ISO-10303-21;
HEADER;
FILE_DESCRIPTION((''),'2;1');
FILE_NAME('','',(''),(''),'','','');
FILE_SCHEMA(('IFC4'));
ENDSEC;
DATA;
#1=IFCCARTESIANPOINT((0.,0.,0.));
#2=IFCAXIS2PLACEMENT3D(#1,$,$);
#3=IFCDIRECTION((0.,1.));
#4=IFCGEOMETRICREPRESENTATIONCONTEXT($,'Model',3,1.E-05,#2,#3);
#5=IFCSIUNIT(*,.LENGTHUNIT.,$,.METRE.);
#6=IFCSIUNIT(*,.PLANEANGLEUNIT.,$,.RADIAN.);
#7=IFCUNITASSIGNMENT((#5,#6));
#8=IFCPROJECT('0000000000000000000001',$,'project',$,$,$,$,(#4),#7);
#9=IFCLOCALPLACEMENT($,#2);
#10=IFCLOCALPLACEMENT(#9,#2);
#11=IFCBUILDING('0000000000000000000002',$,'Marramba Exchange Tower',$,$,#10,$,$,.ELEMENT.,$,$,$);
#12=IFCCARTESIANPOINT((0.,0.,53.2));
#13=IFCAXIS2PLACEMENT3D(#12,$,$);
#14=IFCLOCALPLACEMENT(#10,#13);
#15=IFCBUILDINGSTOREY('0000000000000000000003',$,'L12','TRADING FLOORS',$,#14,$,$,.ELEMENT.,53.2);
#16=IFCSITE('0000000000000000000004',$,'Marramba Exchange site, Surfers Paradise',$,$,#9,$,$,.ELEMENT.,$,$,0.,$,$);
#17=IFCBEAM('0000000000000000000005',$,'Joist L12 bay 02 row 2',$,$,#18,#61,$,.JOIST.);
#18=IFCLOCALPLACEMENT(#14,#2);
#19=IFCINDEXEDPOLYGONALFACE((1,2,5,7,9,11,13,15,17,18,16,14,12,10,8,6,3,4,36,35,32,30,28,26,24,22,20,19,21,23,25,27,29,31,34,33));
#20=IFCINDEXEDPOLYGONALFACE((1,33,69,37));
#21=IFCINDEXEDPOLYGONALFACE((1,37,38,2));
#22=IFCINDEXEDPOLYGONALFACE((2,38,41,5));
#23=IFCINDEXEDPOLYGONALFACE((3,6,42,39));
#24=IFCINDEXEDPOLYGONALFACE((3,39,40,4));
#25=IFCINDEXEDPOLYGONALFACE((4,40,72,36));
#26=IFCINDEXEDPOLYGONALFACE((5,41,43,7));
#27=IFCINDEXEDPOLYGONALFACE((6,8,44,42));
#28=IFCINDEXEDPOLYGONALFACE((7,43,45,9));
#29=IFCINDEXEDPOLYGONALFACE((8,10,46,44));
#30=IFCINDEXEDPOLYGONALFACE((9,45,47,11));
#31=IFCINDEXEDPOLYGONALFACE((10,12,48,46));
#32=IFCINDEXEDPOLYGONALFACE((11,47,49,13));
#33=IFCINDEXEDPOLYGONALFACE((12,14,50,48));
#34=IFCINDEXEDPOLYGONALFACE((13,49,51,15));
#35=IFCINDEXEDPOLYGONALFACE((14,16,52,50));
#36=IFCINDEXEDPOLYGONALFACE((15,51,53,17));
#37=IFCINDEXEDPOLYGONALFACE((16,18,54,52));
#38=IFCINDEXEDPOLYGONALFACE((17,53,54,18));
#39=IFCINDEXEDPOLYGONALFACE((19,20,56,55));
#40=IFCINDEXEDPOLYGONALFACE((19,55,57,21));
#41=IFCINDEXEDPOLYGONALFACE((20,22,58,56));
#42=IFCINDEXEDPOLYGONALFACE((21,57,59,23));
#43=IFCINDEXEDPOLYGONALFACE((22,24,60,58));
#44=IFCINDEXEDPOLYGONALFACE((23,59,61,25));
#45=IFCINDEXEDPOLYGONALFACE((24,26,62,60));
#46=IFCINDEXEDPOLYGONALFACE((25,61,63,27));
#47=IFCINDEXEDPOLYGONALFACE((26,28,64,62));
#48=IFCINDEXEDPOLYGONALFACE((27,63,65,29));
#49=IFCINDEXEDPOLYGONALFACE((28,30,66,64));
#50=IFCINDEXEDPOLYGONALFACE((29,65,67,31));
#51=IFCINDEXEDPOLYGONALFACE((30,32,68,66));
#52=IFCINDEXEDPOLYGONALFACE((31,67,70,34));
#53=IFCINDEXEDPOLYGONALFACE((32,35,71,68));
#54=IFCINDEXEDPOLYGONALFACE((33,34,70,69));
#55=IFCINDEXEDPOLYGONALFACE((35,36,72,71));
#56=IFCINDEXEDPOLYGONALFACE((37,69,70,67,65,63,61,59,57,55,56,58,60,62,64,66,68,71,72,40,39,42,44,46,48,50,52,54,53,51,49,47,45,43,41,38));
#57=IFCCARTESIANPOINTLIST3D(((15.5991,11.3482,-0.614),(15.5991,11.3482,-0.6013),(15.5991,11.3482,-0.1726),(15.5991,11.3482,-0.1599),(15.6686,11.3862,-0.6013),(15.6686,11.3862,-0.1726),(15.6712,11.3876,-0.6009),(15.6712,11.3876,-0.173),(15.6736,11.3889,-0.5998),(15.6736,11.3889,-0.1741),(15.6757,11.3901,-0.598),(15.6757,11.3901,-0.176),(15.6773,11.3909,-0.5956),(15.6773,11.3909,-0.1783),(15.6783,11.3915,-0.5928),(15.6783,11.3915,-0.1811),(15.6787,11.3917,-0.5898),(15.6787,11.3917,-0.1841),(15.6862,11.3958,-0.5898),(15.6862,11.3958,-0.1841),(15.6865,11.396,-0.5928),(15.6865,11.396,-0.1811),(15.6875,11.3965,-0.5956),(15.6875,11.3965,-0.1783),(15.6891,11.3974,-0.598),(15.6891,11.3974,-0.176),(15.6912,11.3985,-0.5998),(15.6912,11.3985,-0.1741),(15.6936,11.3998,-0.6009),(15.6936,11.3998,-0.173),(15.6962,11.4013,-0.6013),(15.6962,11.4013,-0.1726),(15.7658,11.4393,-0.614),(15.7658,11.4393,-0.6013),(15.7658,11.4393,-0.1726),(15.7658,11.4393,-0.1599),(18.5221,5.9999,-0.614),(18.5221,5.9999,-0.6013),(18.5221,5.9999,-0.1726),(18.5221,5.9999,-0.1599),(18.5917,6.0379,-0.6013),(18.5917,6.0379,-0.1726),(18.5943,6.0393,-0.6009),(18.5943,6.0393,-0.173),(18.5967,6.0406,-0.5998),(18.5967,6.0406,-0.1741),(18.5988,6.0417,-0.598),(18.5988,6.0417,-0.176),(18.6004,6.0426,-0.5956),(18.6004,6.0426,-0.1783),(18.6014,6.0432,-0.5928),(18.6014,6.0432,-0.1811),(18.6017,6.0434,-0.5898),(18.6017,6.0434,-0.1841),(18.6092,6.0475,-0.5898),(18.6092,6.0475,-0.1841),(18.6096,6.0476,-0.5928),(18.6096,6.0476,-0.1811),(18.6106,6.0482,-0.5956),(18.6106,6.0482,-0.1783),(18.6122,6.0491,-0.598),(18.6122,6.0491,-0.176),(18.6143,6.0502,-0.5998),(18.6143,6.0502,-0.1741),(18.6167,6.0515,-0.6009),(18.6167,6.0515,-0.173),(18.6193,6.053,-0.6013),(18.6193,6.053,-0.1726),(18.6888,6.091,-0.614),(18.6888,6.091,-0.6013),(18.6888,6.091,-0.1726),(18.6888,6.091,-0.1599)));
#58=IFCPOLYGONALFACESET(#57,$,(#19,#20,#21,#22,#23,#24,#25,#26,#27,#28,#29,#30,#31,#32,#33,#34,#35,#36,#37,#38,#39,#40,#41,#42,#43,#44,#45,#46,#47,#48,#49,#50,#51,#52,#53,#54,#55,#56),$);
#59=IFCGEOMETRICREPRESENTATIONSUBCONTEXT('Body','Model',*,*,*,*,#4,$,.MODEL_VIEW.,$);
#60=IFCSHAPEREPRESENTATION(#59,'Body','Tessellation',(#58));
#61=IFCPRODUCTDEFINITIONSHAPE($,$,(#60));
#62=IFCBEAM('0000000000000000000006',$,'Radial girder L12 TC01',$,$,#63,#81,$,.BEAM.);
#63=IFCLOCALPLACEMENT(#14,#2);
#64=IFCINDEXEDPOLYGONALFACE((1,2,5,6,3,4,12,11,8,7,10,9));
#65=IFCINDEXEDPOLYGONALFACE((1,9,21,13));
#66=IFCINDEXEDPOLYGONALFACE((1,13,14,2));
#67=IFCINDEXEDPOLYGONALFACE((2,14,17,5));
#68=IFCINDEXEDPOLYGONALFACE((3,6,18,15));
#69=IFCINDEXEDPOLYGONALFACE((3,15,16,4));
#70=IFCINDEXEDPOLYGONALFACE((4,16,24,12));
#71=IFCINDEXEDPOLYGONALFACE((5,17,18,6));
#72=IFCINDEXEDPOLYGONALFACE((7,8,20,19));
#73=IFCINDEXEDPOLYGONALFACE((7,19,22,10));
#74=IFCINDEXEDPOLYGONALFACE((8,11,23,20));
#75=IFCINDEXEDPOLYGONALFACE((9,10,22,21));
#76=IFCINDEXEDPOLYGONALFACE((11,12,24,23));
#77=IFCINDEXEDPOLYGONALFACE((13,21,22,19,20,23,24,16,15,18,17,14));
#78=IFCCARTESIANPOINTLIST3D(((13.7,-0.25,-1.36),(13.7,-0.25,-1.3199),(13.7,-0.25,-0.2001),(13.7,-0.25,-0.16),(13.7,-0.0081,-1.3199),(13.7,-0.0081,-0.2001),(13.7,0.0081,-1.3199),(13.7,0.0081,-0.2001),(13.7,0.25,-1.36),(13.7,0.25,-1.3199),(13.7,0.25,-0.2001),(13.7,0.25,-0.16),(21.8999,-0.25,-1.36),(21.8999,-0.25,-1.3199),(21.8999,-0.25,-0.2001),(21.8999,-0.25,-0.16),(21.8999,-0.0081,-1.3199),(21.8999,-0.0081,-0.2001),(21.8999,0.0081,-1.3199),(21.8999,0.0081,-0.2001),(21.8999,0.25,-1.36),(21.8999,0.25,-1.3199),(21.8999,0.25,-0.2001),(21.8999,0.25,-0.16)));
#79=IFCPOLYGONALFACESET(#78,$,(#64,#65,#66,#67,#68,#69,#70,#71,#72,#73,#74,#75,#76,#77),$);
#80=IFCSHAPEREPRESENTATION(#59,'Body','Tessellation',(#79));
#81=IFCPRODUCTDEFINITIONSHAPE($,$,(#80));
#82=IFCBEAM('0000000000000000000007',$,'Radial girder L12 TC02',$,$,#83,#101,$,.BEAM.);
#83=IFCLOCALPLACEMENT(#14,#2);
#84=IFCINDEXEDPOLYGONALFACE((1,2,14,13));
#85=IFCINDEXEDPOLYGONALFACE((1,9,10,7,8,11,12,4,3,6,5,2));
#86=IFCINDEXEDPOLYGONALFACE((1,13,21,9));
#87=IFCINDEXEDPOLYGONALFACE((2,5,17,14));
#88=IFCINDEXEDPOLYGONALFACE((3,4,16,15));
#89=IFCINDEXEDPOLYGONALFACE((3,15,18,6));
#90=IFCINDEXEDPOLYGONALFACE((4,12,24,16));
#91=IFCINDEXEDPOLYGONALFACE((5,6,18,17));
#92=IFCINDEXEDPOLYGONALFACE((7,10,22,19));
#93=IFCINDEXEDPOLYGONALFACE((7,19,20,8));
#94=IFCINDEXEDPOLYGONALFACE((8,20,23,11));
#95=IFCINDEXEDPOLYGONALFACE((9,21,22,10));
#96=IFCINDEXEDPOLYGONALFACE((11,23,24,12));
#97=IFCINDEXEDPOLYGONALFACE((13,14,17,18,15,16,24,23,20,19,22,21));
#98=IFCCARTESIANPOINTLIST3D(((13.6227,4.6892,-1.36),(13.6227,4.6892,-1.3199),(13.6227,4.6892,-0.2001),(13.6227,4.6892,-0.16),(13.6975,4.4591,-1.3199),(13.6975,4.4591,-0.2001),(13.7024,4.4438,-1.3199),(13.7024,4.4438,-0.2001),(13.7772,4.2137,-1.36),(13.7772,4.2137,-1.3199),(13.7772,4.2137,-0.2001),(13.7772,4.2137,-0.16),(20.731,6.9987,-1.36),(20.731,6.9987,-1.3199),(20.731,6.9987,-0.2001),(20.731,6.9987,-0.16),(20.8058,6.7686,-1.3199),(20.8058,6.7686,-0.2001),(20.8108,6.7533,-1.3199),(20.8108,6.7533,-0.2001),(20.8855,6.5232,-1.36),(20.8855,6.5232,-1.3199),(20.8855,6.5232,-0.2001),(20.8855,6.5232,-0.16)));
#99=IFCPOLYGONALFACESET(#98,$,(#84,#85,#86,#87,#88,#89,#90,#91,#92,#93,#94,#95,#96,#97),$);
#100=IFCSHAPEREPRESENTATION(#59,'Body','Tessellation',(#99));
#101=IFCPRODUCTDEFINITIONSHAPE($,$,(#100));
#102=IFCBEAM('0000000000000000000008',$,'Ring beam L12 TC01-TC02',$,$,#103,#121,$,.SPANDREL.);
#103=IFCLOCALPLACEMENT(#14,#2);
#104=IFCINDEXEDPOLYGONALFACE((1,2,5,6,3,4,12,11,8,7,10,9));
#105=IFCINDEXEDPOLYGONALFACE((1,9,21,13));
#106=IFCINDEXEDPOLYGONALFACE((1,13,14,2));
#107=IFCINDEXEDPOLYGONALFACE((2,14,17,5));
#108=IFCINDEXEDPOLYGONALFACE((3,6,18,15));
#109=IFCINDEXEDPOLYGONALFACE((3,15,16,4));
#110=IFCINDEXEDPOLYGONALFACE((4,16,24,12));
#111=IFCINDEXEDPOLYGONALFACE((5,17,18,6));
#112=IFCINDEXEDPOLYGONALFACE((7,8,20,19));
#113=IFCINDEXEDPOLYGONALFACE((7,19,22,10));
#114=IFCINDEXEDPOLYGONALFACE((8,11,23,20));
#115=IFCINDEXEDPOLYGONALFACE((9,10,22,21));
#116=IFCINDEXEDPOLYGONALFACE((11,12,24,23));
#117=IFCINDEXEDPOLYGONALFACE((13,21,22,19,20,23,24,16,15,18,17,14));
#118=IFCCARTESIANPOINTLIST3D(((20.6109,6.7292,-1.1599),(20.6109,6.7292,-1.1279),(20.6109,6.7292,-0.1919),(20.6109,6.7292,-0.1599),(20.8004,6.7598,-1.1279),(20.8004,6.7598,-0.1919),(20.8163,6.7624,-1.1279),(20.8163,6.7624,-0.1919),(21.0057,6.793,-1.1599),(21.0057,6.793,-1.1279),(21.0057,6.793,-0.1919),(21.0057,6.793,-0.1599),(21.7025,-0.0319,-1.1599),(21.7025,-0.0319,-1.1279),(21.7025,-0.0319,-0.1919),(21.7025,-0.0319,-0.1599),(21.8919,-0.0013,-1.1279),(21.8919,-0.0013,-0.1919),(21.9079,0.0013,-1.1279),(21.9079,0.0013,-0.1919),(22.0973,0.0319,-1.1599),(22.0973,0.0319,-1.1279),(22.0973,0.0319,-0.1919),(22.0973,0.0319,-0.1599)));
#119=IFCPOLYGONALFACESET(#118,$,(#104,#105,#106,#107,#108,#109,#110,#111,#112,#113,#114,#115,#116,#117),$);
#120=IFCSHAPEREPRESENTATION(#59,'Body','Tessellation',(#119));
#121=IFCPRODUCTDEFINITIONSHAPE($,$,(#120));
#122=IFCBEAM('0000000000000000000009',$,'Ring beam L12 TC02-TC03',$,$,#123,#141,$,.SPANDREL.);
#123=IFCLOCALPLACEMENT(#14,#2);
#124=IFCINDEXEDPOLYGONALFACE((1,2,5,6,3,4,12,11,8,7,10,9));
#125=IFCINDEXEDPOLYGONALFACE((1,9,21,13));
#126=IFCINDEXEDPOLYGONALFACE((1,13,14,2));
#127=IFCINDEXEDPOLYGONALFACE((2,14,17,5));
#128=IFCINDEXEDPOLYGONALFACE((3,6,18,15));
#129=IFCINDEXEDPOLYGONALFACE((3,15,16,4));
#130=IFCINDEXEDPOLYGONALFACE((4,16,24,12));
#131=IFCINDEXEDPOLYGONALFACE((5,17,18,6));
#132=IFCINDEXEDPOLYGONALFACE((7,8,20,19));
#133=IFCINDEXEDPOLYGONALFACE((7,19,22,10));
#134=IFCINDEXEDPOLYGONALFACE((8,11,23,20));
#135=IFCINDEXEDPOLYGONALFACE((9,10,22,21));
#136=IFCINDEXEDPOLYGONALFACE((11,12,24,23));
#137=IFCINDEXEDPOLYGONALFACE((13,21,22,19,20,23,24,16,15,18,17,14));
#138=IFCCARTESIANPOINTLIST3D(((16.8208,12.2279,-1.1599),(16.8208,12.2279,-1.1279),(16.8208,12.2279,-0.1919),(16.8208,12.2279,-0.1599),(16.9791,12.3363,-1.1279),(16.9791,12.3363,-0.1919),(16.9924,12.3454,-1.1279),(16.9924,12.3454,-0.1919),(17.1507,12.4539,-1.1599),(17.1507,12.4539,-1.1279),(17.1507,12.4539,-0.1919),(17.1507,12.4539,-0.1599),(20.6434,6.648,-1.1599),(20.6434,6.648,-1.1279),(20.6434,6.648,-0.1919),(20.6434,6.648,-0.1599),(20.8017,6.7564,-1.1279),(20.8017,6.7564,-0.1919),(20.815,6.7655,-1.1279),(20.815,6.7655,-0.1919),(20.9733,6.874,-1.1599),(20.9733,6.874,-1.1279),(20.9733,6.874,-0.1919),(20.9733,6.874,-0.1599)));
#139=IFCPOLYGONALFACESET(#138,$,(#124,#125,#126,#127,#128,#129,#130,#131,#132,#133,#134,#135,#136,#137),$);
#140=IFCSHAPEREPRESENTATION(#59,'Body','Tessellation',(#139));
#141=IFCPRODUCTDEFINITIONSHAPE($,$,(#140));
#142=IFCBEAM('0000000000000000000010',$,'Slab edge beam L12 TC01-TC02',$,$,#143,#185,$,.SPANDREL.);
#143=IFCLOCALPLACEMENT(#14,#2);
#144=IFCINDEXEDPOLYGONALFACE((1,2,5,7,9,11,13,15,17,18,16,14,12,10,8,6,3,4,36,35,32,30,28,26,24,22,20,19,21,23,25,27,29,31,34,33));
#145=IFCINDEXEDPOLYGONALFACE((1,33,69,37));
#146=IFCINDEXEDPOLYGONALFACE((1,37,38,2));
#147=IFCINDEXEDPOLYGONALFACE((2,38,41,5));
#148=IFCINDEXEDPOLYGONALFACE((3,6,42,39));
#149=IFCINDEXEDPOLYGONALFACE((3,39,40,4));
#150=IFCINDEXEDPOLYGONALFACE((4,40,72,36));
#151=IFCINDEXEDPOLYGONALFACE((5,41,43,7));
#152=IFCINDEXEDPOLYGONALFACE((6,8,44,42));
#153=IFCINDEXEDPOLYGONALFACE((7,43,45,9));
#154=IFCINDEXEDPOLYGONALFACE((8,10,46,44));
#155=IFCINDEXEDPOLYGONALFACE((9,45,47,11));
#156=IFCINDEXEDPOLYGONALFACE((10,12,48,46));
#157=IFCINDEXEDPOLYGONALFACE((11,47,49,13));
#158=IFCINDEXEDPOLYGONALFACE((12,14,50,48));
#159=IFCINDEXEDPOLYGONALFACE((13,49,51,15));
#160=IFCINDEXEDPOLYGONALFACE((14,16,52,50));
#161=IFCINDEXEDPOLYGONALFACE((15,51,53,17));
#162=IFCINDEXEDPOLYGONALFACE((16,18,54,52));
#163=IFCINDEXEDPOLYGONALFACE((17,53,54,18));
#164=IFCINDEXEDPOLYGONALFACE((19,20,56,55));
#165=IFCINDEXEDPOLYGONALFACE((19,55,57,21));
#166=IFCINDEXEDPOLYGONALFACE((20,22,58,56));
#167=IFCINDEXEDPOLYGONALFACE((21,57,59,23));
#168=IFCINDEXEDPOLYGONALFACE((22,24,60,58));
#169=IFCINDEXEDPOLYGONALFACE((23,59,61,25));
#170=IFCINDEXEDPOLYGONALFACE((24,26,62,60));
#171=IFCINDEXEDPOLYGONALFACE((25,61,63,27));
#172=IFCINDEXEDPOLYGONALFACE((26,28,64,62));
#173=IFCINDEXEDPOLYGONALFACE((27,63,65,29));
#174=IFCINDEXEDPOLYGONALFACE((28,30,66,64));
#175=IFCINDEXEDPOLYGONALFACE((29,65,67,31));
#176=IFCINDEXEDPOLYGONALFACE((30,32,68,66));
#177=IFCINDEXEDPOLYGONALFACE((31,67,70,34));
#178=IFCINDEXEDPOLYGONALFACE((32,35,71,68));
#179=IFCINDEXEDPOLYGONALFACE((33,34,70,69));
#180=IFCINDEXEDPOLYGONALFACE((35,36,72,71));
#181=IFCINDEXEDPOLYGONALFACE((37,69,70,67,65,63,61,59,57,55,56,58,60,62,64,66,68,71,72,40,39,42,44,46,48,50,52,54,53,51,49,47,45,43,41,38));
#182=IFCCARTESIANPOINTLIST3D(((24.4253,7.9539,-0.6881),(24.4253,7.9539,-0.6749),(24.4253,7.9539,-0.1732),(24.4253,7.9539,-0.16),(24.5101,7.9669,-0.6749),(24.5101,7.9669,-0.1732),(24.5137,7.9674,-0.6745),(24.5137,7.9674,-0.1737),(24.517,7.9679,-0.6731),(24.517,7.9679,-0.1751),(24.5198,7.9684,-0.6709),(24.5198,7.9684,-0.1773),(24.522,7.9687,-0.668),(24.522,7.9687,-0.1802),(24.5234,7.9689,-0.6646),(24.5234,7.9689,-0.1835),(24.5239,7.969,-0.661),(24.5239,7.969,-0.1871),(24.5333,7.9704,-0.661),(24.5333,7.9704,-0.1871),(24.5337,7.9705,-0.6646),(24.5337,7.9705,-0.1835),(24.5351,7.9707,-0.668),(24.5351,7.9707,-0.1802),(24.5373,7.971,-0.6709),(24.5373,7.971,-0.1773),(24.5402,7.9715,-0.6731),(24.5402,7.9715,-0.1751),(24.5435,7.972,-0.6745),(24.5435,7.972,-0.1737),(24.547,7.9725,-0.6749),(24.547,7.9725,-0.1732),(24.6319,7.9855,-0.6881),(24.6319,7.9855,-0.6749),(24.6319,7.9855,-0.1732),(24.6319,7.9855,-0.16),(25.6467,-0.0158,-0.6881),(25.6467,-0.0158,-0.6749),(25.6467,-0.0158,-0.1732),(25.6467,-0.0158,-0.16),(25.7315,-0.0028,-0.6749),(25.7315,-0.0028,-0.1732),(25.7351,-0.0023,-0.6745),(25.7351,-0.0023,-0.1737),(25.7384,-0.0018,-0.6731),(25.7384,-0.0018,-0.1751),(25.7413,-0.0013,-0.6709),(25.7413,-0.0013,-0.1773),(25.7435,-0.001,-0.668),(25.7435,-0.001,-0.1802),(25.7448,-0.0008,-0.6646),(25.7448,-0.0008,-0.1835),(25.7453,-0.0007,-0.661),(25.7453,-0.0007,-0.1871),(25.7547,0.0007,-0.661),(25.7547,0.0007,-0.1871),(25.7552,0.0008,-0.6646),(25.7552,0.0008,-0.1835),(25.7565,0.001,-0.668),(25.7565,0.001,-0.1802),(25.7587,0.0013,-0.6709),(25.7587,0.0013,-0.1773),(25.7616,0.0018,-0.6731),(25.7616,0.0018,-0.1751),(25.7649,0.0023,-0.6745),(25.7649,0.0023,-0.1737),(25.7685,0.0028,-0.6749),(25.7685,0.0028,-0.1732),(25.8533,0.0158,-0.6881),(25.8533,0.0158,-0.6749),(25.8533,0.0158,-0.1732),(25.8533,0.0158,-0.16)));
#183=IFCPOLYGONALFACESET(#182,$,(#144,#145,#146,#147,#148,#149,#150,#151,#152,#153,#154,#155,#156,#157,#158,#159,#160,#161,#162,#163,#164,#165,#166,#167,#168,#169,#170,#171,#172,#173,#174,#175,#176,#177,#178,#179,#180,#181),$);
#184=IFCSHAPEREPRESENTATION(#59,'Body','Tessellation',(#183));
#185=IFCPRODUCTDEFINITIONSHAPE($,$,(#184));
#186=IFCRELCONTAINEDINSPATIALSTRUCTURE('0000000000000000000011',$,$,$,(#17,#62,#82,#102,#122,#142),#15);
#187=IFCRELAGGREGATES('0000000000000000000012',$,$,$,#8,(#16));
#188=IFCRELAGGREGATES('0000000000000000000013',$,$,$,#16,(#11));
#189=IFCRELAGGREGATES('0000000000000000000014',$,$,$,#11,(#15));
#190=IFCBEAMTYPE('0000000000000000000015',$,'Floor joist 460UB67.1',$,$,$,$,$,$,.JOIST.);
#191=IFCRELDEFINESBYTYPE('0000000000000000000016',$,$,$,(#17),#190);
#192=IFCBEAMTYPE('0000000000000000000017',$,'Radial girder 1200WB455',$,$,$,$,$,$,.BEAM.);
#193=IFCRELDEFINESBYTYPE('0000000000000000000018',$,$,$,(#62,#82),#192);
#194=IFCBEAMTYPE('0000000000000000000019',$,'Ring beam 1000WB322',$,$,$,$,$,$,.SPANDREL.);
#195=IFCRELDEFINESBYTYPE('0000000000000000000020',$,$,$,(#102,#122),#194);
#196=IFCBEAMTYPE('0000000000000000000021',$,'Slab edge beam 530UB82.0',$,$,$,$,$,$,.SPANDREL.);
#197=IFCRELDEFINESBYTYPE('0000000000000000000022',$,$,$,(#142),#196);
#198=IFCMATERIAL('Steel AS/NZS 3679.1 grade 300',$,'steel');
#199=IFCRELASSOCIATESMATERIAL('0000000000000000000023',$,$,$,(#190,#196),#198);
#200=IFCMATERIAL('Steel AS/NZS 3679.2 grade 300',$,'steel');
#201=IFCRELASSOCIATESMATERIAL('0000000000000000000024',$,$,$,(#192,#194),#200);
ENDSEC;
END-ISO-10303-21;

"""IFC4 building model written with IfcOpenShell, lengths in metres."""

from ifc_helpers import new_model, si_unit, direction, frame, origin, origin_2d, place, context, subcontext, project, spatial, i_section, extrude, material, material_profile, profile_set, type_object, element, save


model = new_model("IFC4")

# Units and contexts
model_context = context("Model", 3, precision=1e-05, world=origin(), true_north=direction((0.0, 1.0)))
body_context = subcontext(model_context, "Body", "Model", "MODEL_VIEW")
ifc_project = project(units=[si_unit("LENGTHUNIT", "METRE"), si_unit("PLANEANGLEUNIT", "RADIAN")], contexts=[model_context])

# Site, building, storey
site_placement = place(None, origin())
site = spatial("IfcSite", under=ifc_project, at=site_placement, Name="Marramba Exchange site, Surfers Paradise", CompositionType="ELEMENT", RefElevation=0.0)
building_placement = place(site_placement, origin())
building = spatial("IfcBuilding", under=site, at=building_placement, Name="Marramba Exchange Tower", CompositionType="ELEMENT")
storey_placement = place(building_placement, frame((0.0, 0.0, 53.2)))
storey = spatial("IfcBuildingStorey", under=building, at=storey_placement, Name="L12", Description="TRADING FLOORS", CompositionType="ELEMENT", Elevation=53.2)

# Beams
ifc_material_1 = material(Name="Steel AS/NZS 3679.2 grade 300", Category="steel")
ifc_material_2 = material(Name="Steel AS/NZS 3679.1 grade 300", Category="steel")
ifc_material_profile_1 = material_profile(ifc_material_2, i_section(OverallWidth=0.1899, OverallDepth=0.4541, WebThickness=0.0085, FlangeThickness=0.0127, FilletRadius=0.0115, at=origin_2d()), Name="460UB67.1")
ifc_profile_set_1 = profile_set([ifc_material_profile_1], Name="Steel AS/NZS 3679.1 grade 300")
beam_type_1 = type_object("IfcBeamType", Name="Floor joist 460UB67.1", PredefinedType="JOIST", material=ifc_profile_set_1)
beam_1_placement = place(storey_placement, frame((18.6055, 6.0454, -0.387), z_axis=(-0.479584, 0.877496, 0.0), x_axis=(-0.877496, -0.479584, 0.0)))
element("IfcBeam", 1, at=beam_1_placement, inside=storey, type_object=beam_type_1, Name="Joist L12 bay 02 row 2", PredefinedType="JOIST", context=body_context, shape_type="SweptSolid", body=[
    extrude(i_section(OverallWidth=0.1899, OverallDepth=0.4541, WebThickness=0.0085, FlangeThickness=0.0127, FilletRadius=0.0115, at=origin_2d()), origin(), (0.0, 0.0, 1.0), 6.095),
])
ifc_material_profile_2 = material_profile(ifc_material_1, i_section(OverallWidth=0.5, OverallDepth=1.2, WebThickness=0.0161, FlangeThickness=0.04, at=origin_2d()), Name="1200WB455")
ifc_profile_set_2 = profile_set([ifc_material_profile_2], Name="Steel AS/NZS 3679.2 grade 300")
beam_type_2 = type_object("IfcBeamType", Name="Radial girder 1200WB455", PredefinedType="BEAM", material=ifc_profile_set_2)
beam_2_placement = place(storey_placement, frame((13.7, 0.0, -0.76), z_axis=(1.0, 0.0, 0.0), x_axis=(0.0, 1.0, 0.0)))
element("IfcBeam", 2, at=beam_2_placement, inside=storey, type_object=beam_type_2, Name="Radial girder L12 TC01", PredefinedType="BEAM", context=body_context, shape_type="SweptSolid", body=[
    extrude(i_section(OverallWidth=0.5, OverallDepth=1.2, WebThickness=0.0161, FlangeThickness=0.04, at=origin_2d()), origin(), (0.0, 0.0, 1.0), 8.2),
])
beam_3_placement = place(storey_placement, frame((13.7, 4.4514, -0.76), z_axis=(0.95106, 0.309006, 0.0), x_axis=(-0.309006, 0.95106, 0.0)))
element("IfcBeam", 3, at=beam_3_placement, inside=storey, type_object=beam_type_2, Name="Radial girder L12 TC02", PredefinedType="BEAM", context=body_context, shape_type="SweptSolid", body=[
    extrude(i_section(OverallWidth=0.5, OverallDepth=1.2, WebThickness=0.0161, FlangeThickness=0.04, at=origin_2d()), origin(), (0.0, 0.0, 1.0), 7.4741),
])
ifc_material_profile_3 = material_profile(ifc_material_1, i_section(OverallWidth=0.3999, OverallDepth=1.0, WebThickness=0.0161, FlangeThickness=0.032, at=origin_2d()), Name="1000WB322")
ifc_profile_set_3 = profile_set([ifc_material_profile_3], Name="Steel AS/NZS 3679.2 grade 300")
beam_type_3 = type_object("IfcBeamType", Name="Ring beam 1000WB322", PredefinedType="SPANDREL", material=ifc_profile_set_3)
beam_4_placement = place(storey_placement, frame((21.8999, 0.0, -0.6599), z_axis=(-0.159385, 0.987217, 0.0), x_axis=(-0.987217, -0.159385, 0.0)))
element("IfcBeam", 4, at=beam_4_placement, inside=storey, type_object=beam_type_3, Name="Ring beam L12 TC01-TC02", PredefinedType="SPANDREL", context=body_context, shape_type="SweptSolid", body=[
    extrude(i_section(OverallWidth=0.3999, OverallDepth=1.0, WebThickness=0.0161, FlangeThickness=0.032, at=origin_2d()), origin(), (0.0, 0.0, 1.0), 6.8486),
])
beam_5_placement = place(storey_placement, frame((20.8083, 6.761, -0.6599), z_axis=(-0.56516, 0.824981, 0.0), x_axis=(-0.824981, -0.56516, 0.0)))
element("IfcBeam", 5, at=beam_5_placement, inside=storey, type_object=beam_type_3, Name="Ring beam L12 TC02-TC03", PredefinedType="SPANDREL", context=body_context, shape_type="SweptSolid", body=[
    extrude(i_section(OverallWidth=0.3999, OverallDepth=1.0, WebThickness=0.0161, FlangeThickness=0.032, at=origin_2d()), origin(), (0.0, 0.0, 1.0), 6.7637),
])
ifc_material_profile_4 = material_profile(ifc_material_2, i_section(OverallWidth=0.209, OverallDepth=0.5281, WebThickness=0.0095, FlangeThickness=0.0132, FilletRadius=0.0139, at=origin_2d()), Name="530UB82.0")
ifc_profile_set_4 = profile_set([ifc_material_profile_4], Name="Steel AS/NZS 3679.1 grade 300")
beam_type_4 = type_object("IfcBeamType", Name="Slab edge beam 530UB82.0", PredefinedType="SPANDREL", material=ifc_profile_set_4)
beam_6_placement = place(storey_placement, frame((25.75, 0.0, -0.4241), z_axis=(-0.151491, 0.988459, 0.0), x_axis=(-0.988459, -0.151491, 0.0)))
element("IfcBeam", 6, at=beam_6_placement, inside=storey, type_object=beam_type_4, Name="Slab edge beam L12 TC01-TC02", PredefinedType="SPANDREL", context=body_context, shape_type="SweptSolid", body=[
    extrude(i_section(OverallWidth=0.209, OverallDepth=0.5281, WebThickness=0.0095, FlangeThickness=0.0132, FilletRadius=0.0139, at=origin_2d()), origin(), (0.0, 0.0, 1.0), 8.0627),
])

save(model, "model.ifc")
